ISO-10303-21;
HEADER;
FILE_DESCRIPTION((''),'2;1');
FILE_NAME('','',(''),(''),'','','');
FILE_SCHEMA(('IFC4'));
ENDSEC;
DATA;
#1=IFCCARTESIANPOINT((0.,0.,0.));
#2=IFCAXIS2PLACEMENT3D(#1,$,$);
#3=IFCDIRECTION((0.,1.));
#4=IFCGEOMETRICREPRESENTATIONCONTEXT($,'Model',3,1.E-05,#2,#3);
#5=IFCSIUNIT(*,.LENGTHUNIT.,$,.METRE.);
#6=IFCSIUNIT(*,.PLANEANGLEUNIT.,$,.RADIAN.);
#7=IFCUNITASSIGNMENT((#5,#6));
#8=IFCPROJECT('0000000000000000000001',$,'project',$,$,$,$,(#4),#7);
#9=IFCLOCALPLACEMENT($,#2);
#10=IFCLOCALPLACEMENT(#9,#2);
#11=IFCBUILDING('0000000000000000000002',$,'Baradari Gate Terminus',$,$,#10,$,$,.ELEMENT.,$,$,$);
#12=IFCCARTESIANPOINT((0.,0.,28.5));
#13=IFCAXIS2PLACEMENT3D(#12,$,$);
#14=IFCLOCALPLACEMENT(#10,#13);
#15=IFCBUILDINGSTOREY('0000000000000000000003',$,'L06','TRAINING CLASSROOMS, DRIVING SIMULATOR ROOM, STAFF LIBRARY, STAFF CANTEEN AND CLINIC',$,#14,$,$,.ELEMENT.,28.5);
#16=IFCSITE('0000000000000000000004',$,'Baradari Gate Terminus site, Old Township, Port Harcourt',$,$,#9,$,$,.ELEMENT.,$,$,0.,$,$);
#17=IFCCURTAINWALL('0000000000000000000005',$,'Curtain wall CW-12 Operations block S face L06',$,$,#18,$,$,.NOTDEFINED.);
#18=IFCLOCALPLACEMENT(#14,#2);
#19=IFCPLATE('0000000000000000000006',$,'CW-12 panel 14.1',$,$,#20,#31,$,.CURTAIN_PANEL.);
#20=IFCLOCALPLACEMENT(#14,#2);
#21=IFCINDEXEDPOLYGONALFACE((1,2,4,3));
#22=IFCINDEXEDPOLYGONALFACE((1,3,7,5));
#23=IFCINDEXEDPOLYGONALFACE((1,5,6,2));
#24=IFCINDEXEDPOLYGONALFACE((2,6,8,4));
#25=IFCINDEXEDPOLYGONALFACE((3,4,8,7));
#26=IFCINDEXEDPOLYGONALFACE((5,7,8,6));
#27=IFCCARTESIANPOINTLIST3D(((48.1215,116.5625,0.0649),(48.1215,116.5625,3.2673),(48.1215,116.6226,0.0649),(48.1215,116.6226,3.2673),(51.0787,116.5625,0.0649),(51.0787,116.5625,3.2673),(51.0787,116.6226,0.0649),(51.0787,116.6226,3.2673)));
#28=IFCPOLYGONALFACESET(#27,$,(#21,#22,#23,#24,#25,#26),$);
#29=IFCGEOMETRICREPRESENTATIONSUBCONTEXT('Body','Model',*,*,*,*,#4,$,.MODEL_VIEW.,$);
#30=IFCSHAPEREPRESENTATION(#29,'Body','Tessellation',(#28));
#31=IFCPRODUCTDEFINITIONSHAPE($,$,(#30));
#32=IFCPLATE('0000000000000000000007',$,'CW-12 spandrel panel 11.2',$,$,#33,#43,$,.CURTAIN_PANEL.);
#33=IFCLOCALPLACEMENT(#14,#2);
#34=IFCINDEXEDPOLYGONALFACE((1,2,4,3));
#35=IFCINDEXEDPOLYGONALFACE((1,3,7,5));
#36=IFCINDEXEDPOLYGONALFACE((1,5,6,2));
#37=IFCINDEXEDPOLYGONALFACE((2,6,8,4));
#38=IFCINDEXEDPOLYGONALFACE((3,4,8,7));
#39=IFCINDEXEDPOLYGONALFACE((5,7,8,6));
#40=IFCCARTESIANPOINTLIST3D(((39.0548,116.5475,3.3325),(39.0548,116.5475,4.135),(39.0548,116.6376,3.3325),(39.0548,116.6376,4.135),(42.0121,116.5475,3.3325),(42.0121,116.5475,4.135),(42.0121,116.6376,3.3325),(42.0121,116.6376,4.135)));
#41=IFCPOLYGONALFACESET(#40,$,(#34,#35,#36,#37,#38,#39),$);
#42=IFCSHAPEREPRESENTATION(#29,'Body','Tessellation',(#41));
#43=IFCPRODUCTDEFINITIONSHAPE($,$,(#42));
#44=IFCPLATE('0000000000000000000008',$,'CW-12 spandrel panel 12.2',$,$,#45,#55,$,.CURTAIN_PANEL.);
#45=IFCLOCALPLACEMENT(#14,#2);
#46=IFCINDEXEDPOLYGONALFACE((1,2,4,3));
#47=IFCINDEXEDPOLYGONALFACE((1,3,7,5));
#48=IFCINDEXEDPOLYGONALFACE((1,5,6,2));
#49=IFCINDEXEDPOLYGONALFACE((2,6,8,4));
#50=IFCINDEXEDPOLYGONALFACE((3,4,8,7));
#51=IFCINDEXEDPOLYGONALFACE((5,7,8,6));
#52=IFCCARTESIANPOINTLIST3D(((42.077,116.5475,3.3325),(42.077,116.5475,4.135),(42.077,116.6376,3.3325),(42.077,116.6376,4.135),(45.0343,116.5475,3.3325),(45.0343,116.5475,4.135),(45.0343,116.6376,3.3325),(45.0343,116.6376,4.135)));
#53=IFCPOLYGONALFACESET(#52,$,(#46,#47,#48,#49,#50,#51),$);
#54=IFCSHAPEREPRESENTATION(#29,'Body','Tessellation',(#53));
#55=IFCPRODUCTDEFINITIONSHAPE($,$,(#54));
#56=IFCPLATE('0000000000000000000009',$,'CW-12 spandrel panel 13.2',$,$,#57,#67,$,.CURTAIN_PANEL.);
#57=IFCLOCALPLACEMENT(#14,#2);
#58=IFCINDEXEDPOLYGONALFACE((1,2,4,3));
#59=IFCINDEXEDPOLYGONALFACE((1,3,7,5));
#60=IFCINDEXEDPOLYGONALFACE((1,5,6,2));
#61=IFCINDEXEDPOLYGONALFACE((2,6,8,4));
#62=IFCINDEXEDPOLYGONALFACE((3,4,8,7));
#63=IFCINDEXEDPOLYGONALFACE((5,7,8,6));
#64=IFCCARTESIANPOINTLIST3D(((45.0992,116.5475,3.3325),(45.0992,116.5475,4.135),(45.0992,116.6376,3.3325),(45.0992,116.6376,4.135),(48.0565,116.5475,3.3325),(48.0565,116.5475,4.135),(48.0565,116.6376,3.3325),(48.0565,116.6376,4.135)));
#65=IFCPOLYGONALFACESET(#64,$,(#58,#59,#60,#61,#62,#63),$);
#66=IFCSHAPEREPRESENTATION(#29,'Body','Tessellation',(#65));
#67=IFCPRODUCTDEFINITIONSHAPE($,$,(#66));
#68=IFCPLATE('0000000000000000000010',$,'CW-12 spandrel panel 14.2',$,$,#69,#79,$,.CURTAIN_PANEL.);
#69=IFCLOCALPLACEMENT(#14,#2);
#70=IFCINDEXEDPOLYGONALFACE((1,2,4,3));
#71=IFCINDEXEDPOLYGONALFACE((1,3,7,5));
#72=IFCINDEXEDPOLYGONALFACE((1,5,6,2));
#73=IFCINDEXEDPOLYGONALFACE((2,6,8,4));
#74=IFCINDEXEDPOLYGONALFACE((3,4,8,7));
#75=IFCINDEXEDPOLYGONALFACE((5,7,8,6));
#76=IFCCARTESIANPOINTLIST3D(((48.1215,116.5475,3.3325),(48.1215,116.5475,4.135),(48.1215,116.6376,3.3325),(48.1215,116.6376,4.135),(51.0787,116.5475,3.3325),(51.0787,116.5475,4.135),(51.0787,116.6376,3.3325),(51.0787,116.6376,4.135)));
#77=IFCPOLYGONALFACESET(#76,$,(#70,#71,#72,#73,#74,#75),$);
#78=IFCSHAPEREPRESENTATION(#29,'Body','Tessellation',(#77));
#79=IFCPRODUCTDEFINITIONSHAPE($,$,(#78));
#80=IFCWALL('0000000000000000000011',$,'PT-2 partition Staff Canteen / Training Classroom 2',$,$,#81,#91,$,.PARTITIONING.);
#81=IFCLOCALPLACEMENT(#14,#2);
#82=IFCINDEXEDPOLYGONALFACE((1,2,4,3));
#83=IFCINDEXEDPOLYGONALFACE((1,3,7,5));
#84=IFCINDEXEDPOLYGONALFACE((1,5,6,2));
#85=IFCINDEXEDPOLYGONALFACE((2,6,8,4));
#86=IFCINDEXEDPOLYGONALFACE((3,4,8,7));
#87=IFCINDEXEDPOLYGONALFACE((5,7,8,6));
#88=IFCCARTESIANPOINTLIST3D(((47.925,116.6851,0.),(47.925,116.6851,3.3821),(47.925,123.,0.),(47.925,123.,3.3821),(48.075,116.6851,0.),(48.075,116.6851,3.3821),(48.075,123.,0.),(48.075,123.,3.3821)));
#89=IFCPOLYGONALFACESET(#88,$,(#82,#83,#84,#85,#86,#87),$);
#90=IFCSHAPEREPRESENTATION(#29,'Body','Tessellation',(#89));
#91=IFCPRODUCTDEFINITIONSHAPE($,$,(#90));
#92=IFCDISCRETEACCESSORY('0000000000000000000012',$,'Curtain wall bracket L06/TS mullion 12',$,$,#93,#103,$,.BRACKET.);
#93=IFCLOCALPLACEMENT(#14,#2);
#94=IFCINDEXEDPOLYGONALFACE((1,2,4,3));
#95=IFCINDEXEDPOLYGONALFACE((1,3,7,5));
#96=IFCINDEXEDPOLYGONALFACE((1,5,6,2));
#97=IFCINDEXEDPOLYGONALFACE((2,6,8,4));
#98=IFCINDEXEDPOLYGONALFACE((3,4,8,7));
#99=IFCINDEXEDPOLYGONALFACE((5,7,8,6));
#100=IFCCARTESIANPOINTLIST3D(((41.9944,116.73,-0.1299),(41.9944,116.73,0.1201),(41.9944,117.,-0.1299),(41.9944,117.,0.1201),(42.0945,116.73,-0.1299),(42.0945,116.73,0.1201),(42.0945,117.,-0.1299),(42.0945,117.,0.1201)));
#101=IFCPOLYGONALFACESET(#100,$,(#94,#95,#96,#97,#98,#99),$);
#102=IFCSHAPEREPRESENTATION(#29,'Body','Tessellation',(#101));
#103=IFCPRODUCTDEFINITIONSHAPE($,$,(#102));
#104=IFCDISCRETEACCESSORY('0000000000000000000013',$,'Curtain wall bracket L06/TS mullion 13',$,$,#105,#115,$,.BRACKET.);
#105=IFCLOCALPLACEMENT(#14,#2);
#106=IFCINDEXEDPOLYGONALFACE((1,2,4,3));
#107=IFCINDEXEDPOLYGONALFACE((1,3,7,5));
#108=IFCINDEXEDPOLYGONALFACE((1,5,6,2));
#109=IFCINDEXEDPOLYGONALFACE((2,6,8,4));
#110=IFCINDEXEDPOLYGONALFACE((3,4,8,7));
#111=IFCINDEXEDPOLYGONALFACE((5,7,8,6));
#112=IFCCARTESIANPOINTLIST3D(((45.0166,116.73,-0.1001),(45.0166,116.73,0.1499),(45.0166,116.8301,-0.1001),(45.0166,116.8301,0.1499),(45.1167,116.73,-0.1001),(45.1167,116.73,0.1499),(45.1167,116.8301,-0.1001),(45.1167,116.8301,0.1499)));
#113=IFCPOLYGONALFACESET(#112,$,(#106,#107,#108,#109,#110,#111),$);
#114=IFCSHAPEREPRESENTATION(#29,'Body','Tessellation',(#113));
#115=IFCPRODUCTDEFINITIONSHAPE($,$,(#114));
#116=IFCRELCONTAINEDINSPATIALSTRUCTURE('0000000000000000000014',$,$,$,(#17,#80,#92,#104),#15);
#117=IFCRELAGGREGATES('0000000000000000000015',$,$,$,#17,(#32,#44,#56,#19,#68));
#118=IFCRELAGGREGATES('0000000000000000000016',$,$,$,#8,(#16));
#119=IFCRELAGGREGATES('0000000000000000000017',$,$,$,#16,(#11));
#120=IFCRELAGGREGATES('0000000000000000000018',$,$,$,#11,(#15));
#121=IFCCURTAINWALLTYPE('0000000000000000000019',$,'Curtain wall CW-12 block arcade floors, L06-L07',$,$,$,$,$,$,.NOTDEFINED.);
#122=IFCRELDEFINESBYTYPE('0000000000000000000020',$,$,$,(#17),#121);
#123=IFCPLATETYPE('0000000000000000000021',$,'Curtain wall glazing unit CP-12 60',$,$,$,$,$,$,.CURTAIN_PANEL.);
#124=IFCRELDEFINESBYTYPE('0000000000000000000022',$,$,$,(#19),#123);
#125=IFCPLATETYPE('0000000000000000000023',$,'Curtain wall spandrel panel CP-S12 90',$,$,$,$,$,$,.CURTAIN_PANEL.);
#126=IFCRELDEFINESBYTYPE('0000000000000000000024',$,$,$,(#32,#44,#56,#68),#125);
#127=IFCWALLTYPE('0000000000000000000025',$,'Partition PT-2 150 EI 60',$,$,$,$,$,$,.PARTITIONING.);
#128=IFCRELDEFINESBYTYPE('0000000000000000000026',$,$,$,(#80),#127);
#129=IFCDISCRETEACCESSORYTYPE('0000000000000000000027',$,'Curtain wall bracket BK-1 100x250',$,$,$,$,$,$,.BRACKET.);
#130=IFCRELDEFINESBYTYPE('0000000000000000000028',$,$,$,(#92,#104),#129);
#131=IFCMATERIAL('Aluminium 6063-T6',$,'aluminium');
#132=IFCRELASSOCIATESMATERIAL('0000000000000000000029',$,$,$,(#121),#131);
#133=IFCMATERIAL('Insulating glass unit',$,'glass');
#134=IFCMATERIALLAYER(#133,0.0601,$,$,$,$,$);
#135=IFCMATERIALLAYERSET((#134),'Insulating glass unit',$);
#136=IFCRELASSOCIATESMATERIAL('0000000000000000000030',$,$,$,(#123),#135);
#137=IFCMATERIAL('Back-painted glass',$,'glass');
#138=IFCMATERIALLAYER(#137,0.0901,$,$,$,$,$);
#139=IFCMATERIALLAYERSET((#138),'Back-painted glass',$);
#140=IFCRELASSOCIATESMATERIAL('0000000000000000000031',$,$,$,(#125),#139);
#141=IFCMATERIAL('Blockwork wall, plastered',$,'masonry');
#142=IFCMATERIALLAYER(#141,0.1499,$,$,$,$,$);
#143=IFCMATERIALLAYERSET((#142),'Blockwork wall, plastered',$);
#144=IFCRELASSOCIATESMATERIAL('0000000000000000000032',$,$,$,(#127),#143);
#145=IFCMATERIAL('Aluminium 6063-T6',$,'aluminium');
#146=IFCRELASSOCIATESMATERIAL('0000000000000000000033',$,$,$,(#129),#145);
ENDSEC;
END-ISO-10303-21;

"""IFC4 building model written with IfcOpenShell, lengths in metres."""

from ifc_helpers import new_model, si_unit, direction, frame, frame_2d, origin, origin_2d, place, context, subcontext, project, spatial, rectangle, extrude, material, layer, layer_set, type_object, element, aggregate, save


model = new_model("IFC4")

# Units and contexts
model_context = context("Model", 3, precision=1e-05, world=origin(), true_north=direction((0.0, 1.0)))
body_context = subcontext(model_context, "Body", "Model", "MODEL_VIEW")
ifc_project = project(units=[si_unit("LENGTHUNIT", "METRE"), si_unit("PLANEANGLEUNIT", "RADIAN")], contexts=[model_context])

# Site, building, storey
site_placement = place(None, origin())
site = spatial("IfcSite", under=ifc_project, at=site_placement, Name="Baradari Gate Terminus site, Old Township, Port Harcourt", CompositionType="ELEMENT", RefElevation=0.0)
building_placement = place(site_placement, origin())
building = spatial("IfcBuilding", under=site, at=building_placement, Name="Baradari Gate Terminus", CompositionType="ELEMENT")
storey_placement = place(building_placement, frame((0.0, 0.0, 28.5)))
storey = spatial("IfcBuildingStorey", under=building, at=storey_placement, Name="L06", Description="TRAINING CLASSROOMS, DRIVING SIMULATOR ROOM, STAFF LIBRARY, STAFF CANTEEN AND CLINIC", CompositionType="ELEMENT", Elevation=28.5)

# Curtain wall, plates
ifc_material_1 = material(Name="Aluminium 6063-T6", Category="aluminium")
curtain_wall_type = type_object("IfcCurtainWallType", Name="Curtain wall CW-12 block arcade floors, L06-L07", PredefinedType="NOTDEFINED", material=ifc_material_1)
curtain_wall_placement = place(storey_placement, origin())
curtain_wall = element("IfcCurtainWall", 1, at=curtain_wall_placement, inside=storey, type_object=curtain_wall_type, Name="Curtain wall CW-12 Operations block S face L06", PredefinedType="NOTDEFINED")
ifc_material_2 = material(Name="Insulating glass unit", Category="glass")
ifc_layer_1 = layer(ifc_material_2, 0.0601)
ifc_layer_set_1 = layer_set([ifc_layer_1], Name="Insulating glass unit")
plate_type_1 = type_object("IfcPlateType", Name="Curtain wall glazing unit CP-12 60", PredefinedType="CURTAIN_PANEL", material=ifc_layer_set_1)
plate_1_placement = place(storey_placement, frame((49.6001, 116.5925, 0.0649), z_axis=(0.0, 0.0, 1.0), x_axis=(1.0, 0.0, 0.0)))
plate_1 = element("IfcPlate", 2, at=plate_1_placement, type_object=plate_type_1, Name="CW-12 panel 14.1", PredefinedType="CURTAIN_PANEL", context=body_context, shape_type="SweptSolid", body=[
    extrude(rectangle(XDim=2.9573, YDim=0.0601, at=origin_2d()), origin(), (0.0, 0.0, 1.0), 3.2024),
])
ifc_material_3 = material(Name="Back-painted glass", Category="glass")
ifc_layer_2 = layer(ifc_material_3, 0.0901)
ifc_layer_set_2 = layer_set([ifc_layer_2], Name="Back-painted glass")
plate_type_2 = type_object("IfcPlateType", Name="Curtain wall spandrel panel CP-S12 90", PredefinedType="CURTAIN_PANEL", material=ifc_layer_set_2)
plate_2_placement = place(storey_placement, frame((40.5334, 116.5925, 3.3325), z_axis=(0.0, 0.0, 1.0), x_axis=(1.0, 0.0, 0.0)))
plate_2 = element("IfcPlate", 3, at=plate_2_placement, type_object=plate_type_2, Name="CW-12 spandrel panel 11.2", PredefinedType="CURTAIN_PANEL", context=body_context, shape_type="SweptSolid", body=[
    extrude(rectangle(XDim=2.9573, YDim=0.0901, at=origin_2d()), origin(), (0.0, 0.0, 1.0), 0.8025),
])
plate_3_placement = place(storey_placement, frame((43.5557, 116.5925, 3.3325), z_axis=(0.0, 0.0, 1.0), x_axis=(1.0, 0.0, 0.0)))
plate_3 = element("IfcPlate", 4, at=plate_3_placement, type_object=plate_type_2, Name="CW-12 spandrel panel 12.2", PredefinedType="CURTAIN_PANEL", context=body_context, shape_type="SweptSolid", body=[
    extrude(rectangle(XDim=2.9573, YDim=0.0901, at=origin_2d()), origin(), (0.0, 0.0, 1.0), 0.8025),
])
plate_4_placement = place(storey_placement, frame((46.5779, 116.5925, 3.3325), z_axis=(0.0, 0.0, 1.0), x_axis=(1.0, 0.0, 0.0)))
plate_4 = element("IfcPlate", 5, at=plate_4_placement, type_object=plate_type_2, Name="CW-12 spandrel panel 13.2", PredefinedType="CURTAIN_PANEL", context=body_context, shape_type="SweptSolid", body=[
    extrude(rectangle(XDim=2.9573, YDim=0.0901, at=origin_2d()), origin(), (0.0, 0.0, 1.0), 0.8025),
])
plate_5_placement = place(storey_placement, frame((49.6001, 116.5925, 3.3325), z_axis=(0.0, 0.0, 1.0), x_axis=(1.0, 0.0, 0.0)))
plate_5 = element("IfcPlate", 6, at=plate_5_placement, type_object=plate_type_2, Name="CW-12 spandrel panel 14.2", PredefinedType="CURTAIN_PANEL", context=body_context, shape_type="SweptSolid", body=[
    extrude(rectangle(XDim=2.9573, YDim=0.0901, at=origin_2d()), origin(), (0.0, 0.0, 1.0), 0.8025),
])
aggregate(curtain_wall, [plate_2, plate_3, plate_4, plate_1, plate_5])

# Wall
ifc_material_4 = material(Name="Blockwork wall, plastered", Category="masonry")
ifc_layer_3 = layer(ifc_material_4, 0.1499)
ifc_layer_set_3 = layer_set([ifc_layer_3], Name="Blockwork wall, plastered")
wall_type = type_object("IfcWallType", Name="Partition PT-2 150 EI 60", PredefinedType="PARTITIONING", material=ifc_layer_set_3)
wall_placement = place(storey_placement, frame((48.0, 116.6851, 0.0), z_axis=(0.0, 0.0, 1.0), x_axis=(0.0, 1.0, 0.0)))
element("IfcWall", 7, at=wall_placement, inside=storey, type_object=wall_type, Name="PT-2 partition Staff Canteen / Training Classroom 2", PredefinedType="PARTITIONING", context=body_context, shape_type="SweptSolid", body=[
    extrude(rectangle(XDim=6.3149, YDim=0.1499, at=frame_2d((3.1575, 0.0))), origin(), (0.0, 0.0, 1.0), 3.3821),
])

# Discrete accessories
ifc_material_5 = material(Name="Aluminium 6063-T6", Category="aluminium")
discrete_accessory_type = type_object("IfcDiscreteAccessoryType", Name="Curtain wall bracket BK-1 100x250", PredefinedType="BRACKET", material=ifc_material_5)
discrete_accessory_1_placement = place(storey_placement, frame((42.0444, 116.865, -0.1299), z_axis=(0.0, 0.0, 1.0), x_axis=(0.0, -1.0, 0.0)))
element("IfcDiscreteAccessory", 8, at=discrete_accessory_1_placement, inside=storey, type_object=discrete_accessory_type, Name="Curtain wall bracket L06/TS mullion 12", PredefinedType="BRACKET", context=body_context, shape_type="SweptSolid", body=[
    extrude(rectangle(XDim=0.27, YDim=0.1001, at=origin_2d()), origin(), (0.0, 0.0, 1.0), 0.25),
])
discrete_accessory_2_placement = place(storey_placement, frame((45.0667, 116.78, -0.1001), z_axis=(0.0, 0.0, 1.0), x_axis=(0.0, -1.0, 0.0)))
element("IfcDiscreteAccessory", 9, at=discrete_accessory_2_placement, inside=storey, type_object=discrete_accessory_type, Name="Curtain wall bracket L06/TS mullion 13", PredefinedType="BRACKET", context=body_context, shape_type="SweptSolid", body=[
    extrude(rectangle(XDim=0.1001, YDim=0.1001, at=origin_2d()), origin(), (0.0, 0.0, 1.0), 0.25),
])

save(model, "model.ifc")
